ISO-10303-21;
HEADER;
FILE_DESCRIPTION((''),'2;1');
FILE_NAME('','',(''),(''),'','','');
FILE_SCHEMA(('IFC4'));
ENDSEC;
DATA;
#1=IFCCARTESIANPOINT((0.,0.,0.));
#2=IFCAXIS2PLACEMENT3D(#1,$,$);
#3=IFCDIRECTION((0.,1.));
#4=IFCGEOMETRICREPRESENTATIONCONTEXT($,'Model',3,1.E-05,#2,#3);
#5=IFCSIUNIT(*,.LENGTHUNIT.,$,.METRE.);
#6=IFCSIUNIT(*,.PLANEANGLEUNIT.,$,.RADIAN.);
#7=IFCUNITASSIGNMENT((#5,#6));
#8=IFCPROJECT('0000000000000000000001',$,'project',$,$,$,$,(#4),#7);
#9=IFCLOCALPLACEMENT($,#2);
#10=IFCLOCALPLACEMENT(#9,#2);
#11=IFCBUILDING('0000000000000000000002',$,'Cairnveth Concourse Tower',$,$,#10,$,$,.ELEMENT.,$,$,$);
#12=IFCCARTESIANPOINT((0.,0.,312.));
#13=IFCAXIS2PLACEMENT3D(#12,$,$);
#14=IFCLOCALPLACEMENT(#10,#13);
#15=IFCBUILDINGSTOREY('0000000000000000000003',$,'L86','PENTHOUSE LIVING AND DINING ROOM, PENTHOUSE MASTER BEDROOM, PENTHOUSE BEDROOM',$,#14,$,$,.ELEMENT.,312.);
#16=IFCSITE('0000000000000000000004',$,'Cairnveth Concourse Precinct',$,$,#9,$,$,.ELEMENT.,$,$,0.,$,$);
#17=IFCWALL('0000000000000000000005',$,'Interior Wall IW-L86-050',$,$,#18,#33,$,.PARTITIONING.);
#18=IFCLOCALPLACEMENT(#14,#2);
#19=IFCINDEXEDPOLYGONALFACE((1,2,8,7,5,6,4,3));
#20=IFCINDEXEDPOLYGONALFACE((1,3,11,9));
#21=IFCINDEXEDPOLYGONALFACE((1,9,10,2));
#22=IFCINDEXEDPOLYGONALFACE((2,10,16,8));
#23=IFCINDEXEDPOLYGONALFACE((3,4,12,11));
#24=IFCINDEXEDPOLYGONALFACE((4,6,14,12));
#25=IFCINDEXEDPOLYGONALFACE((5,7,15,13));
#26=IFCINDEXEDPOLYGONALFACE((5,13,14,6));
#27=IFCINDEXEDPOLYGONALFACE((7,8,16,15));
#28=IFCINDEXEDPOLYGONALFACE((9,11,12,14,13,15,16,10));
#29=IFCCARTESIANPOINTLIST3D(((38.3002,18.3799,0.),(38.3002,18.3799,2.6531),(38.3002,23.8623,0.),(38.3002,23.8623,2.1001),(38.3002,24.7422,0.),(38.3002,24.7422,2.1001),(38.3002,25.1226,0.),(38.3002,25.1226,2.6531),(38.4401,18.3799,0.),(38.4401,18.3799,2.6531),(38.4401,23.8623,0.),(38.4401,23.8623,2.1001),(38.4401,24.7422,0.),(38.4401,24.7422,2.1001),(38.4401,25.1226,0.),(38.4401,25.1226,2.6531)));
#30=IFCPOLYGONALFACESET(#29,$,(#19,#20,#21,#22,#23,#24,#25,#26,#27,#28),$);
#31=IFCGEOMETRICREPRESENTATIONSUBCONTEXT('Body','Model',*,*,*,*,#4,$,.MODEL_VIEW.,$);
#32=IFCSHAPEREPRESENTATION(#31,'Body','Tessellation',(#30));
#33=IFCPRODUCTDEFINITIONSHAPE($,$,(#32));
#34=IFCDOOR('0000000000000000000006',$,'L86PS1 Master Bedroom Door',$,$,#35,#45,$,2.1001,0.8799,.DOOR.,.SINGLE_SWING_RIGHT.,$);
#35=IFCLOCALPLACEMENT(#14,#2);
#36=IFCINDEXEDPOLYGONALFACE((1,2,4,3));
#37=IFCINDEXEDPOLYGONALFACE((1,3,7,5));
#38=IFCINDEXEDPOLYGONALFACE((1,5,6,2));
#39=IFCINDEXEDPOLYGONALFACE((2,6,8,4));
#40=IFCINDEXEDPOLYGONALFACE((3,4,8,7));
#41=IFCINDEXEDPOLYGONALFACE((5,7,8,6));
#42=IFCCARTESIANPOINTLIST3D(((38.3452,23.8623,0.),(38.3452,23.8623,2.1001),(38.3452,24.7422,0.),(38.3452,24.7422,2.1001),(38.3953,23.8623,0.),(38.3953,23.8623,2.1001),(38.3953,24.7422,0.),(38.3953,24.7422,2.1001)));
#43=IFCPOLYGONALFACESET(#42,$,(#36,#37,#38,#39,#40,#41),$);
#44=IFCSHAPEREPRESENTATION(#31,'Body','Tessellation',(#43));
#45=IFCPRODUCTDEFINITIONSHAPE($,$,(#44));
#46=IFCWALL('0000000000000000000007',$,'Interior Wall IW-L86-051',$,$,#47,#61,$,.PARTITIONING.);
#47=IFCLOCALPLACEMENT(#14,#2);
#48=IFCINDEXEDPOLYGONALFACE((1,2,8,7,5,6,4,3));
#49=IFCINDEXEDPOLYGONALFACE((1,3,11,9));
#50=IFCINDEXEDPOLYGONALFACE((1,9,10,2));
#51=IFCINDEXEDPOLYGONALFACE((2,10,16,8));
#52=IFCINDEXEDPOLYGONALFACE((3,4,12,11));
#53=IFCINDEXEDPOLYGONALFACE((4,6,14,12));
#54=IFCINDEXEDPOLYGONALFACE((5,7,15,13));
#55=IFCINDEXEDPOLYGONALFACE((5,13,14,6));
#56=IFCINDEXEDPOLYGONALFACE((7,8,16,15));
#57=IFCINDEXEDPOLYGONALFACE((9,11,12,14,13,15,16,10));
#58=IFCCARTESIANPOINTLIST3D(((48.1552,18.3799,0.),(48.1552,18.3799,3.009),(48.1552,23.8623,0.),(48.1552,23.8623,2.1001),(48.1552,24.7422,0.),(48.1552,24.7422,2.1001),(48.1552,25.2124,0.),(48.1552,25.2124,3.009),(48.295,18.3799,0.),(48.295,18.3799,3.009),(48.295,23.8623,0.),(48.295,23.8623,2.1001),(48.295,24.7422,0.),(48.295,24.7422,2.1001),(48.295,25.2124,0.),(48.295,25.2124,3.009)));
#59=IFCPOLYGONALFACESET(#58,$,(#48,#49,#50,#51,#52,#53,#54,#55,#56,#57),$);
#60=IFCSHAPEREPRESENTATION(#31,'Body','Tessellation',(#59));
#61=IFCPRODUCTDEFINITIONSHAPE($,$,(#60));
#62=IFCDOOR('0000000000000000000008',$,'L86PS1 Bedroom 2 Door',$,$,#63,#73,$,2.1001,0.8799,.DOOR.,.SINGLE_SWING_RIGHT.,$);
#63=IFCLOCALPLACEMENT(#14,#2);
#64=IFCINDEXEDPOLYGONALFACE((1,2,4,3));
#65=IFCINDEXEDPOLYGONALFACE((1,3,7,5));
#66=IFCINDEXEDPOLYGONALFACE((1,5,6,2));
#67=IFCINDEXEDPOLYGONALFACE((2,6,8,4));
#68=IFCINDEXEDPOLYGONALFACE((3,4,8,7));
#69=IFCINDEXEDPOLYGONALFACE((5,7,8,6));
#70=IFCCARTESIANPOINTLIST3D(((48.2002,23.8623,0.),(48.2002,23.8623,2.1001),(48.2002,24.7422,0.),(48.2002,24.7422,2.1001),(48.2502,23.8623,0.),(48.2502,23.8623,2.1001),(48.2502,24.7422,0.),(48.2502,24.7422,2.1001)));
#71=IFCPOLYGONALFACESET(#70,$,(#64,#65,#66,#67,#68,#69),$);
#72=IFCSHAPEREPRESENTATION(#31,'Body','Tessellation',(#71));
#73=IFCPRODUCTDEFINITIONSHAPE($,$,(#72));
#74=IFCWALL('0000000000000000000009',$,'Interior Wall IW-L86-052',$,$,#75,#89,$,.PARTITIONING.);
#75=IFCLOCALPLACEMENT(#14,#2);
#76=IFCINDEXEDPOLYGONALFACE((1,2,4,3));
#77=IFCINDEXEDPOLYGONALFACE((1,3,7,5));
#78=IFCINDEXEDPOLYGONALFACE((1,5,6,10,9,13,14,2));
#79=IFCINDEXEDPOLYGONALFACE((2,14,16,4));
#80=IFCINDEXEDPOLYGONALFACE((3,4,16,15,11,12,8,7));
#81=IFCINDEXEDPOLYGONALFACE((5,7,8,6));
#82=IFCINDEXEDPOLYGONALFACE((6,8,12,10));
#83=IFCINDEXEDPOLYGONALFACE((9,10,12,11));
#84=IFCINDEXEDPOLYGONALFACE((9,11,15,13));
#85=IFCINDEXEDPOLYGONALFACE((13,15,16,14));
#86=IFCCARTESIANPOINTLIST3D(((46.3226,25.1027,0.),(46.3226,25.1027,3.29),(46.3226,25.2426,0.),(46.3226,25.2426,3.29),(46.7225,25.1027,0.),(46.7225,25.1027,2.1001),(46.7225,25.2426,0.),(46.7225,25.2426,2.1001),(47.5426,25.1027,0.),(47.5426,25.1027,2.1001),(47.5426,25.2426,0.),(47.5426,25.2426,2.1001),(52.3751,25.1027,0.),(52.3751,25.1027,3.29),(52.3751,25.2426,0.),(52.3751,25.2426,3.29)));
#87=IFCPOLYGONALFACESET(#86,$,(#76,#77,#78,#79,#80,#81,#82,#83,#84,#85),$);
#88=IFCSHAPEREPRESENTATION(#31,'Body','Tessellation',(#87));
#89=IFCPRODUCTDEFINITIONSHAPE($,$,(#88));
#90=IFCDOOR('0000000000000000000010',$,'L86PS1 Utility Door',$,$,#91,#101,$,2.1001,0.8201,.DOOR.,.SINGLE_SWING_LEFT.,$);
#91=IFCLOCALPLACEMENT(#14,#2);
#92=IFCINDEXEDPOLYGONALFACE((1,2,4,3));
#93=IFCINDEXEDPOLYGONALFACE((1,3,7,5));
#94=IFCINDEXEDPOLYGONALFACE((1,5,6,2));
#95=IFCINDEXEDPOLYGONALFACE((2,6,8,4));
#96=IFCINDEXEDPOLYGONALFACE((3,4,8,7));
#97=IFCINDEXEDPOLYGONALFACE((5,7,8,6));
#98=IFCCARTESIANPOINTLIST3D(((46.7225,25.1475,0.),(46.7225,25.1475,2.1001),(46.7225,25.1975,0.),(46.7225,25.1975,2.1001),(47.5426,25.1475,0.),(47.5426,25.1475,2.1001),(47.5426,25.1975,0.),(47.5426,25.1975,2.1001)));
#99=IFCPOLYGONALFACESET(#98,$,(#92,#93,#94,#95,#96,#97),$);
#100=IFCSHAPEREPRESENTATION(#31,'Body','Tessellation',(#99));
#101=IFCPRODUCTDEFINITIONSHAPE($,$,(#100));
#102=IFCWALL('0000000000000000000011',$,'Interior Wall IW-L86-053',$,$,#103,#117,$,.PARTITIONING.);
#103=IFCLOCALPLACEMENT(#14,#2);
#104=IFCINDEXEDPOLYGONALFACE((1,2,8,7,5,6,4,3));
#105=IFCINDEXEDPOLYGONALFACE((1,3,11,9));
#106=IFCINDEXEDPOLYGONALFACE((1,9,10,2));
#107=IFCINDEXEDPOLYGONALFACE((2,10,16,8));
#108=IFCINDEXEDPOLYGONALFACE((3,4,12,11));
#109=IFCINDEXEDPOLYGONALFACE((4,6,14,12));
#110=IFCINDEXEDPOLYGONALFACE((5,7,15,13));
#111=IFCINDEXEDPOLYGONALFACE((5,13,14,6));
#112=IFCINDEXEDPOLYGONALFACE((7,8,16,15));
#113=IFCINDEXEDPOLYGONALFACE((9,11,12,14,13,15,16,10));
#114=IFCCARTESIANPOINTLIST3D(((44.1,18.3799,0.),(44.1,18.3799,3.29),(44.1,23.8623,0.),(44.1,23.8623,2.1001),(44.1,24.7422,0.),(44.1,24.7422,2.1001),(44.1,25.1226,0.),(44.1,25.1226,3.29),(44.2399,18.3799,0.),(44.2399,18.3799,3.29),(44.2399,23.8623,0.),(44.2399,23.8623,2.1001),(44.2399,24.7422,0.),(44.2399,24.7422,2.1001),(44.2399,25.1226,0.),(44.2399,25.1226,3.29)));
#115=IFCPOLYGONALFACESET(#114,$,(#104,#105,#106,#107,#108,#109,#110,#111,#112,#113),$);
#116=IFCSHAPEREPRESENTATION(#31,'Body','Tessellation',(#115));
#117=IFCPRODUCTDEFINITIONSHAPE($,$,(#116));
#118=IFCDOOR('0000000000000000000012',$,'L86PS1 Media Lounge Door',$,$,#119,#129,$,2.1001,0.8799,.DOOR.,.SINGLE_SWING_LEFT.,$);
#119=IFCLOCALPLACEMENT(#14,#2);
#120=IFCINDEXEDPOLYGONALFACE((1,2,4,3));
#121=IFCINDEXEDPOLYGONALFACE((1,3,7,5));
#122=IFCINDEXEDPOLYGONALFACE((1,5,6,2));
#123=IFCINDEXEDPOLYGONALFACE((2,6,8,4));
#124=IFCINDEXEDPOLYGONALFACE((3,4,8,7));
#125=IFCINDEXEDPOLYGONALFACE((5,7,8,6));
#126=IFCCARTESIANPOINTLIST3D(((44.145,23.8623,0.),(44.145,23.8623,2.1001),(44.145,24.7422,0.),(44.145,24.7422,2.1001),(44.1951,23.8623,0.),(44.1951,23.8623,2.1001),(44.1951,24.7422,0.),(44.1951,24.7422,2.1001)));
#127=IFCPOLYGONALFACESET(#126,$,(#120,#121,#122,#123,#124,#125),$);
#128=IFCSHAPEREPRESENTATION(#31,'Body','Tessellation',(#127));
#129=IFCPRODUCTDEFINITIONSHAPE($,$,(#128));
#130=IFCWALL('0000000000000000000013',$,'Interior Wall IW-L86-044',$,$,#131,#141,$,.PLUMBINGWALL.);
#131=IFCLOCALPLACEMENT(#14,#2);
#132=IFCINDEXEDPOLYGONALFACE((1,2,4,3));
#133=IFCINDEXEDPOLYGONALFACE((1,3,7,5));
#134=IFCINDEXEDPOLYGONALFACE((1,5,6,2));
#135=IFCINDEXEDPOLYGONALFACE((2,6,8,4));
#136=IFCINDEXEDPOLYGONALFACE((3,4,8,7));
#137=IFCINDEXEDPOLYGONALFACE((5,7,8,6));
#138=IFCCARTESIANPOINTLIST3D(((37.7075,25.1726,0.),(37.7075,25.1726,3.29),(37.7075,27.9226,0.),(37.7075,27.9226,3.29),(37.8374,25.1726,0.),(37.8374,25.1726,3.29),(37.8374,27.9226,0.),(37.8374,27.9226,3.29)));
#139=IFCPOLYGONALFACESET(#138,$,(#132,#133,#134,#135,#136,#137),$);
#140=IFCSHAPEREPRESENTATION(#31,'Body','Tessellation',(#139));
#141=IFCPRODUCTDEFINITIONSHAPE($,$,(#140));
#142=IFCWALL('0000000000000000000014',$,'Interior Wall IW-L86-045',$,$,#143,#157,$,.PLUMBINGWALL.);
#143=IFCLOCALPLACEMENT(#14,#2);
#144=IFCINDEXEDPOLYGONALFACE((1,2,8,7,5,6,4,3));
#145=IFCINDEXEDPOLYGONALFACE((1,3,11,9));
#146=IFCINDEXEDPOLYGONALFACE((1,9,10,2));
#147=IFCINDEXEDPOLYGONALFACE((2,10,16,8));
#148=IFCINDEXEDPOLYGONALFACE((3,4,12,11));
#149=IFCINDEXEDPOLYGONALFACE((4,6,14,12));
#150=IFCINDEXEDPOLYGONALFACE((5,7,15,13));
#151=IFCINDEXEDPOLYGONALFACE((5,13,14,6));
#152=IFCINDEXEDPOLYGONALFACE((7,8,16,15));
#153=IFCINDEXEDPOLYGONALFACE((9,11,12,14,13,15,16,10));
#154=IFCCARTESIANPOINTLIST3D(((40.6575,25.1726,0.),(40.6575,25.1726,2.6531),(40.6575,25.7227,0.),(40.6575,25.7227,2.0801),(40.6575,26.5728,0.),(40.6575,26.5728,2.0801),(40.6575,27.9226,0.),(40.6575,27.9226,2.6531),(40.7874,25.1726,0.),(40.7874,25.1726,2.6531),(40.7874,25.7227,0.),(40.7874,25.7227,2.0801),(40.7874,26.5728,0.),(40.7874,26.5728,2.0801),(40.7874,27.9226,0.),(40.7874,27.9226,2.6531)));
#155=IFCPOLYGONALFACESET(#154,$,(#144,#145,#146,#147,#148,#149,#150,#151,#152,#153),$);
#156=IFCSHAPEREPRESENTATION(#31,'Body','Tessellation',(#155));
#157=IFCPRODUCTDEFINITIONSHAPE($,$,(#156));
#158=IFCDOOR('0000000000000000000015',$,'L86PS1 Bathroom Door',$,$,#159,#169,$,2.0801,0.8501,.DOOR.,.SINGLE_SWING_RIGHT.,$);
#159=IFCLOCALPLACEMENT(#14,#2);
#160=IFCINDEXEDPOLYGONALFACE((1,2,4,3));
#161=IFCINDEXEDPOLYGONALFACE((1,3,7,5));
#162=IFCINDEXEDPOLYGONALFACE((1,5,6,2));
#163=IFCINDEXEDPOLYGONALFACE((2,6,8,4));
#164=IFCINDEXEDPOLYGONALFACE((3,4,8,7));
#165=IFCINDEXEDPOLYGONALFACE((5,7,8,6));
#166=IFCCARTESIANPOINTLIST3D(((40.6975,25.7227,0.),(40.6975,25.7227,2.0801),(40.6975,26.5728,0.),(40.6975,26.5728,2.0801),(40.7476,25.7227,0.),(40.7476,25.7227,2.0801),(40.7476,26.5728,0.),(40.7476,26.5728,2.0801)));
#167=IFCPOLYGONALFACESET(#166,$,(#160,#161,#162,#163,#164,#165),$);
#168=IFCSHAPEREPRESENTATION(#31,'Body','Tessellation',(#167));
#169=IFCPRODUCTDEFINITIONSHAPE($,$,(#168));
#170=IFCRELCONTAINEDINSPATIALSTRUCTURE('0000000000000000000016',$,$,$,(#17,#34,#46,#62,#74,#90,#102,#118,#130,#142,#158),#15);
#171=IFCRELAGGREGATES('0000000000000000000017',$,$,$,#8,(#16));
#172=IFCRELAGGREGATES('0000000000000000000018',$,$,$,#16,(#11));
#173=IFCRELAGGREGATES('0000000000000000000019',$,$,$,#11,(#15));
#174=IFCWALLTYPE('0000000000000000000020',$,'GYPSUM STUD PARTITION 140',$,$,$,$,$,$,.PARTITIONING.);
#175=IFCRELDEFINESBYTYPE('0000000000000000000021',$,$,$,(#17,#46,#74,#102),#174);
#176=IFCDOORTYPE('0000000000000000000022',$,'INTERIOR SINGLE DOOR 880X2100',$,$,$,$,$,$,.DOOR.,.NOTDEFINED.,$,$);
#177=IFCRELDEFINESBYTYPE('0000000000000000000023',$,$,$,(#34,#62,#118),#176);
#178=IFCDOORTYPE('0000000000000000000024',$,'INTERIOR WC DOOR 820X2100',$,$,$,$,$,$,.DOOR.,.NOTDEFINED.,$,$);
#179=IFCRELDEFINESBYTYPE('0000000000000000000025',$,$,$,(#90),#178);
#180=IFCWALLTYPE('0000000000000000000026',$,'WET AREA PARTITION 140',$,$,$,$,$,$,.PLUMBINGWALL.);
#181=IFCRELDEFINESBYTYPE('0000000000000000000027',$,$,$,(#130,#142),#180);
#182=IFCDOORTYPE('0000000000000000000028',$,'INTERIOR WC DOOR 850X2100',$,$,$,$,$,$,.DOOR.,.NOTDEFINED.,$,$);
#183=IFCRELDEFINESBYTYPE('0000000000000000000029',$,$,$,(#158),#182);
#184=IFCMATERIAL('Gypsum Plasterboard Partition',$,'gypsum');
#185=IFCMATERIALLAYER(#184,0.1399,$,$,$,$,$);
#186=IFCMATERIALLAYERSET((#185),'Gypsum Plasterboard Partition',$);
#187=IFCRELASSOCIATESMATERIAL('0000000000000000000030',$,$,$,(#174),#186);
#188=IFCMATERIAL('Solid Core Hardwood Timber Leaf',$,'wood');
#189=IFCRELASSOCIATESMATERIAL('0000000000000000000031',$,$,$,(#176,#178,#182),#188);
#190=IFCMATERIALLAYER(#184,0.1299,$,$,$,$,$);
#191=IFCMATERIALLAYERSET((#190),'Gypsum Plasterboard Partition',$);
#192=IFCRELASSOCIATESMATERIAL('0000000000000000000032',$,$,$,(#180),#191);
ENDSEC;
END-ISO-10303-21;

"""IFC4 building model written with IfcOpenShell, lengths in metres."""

from ifc_helpers import new_model, si_unit, direction, frame, frame_2d, origin, place, context, subcontext, project, spatial, rectangle, extrude, material, layer, layer_set, type_object, element, fill, save


model = new_model("IFC4")

# Units and contexts
model_context = context("Model", 3, precision=1e-05, world=origin(), true_north=direction((0.0, 1.0)))
body_context = subcontext(model_context, "Body", "Model", "MODEL_VIEW")
ifc_project = project(units=[si_unit("LENGTHUNIT", "METRE"), si_unit("PLANEANGLEUNIT", "RADIAN")], contexts=[model_context])

# Site, building, storey
site_placement = place(None, origin())
site = spatial("IfcSite", under=ifc_project, at=site_placement, Name="Cairnveth Concourse Precinct", CompositionType="ELEMENT", RefElevation=0.0)
building_placement = place(site_placement, origin())
building = spatial("IfcBuilding", under=site, at=building_placement, Name="Cairnveth Concourse Tower", CompositionType="ELEMENT")
storey_placement = place(building_placement, frame((0.0, 0.0, 312.0)))
storey = spatial("IfcBuildingStorey", under=building, at=storey_placement, Name="L86", Description="PENTHOUSE LIVING AND DINING ROOM, PENTHOUSE MASTER BEDROOM, PENTHOUSE BEDROOM", CompositionType="ELEMENT", Elevation=312.0)

# Walls, openings, doors
ifc_material_1 = material(Name="Gypsum Plasterboard Partition", Category="gypsum")
ifc_layer_1 = layer(ifc_material_1, 0.1399)
ifc_layer_set_1 = layer_set([ifc_layer_1], Name="Gypsum Plasterboard Partition")
wall_type_1 = type_object("IfcWallType", Name="GYPSUM STUD PARTITION 140", PredefinedType="PARTITIONING", material=ifc_layer_set_1)
wall_1_placement = place(storey_placement, frame((38.3701, 18.3799, 0.0), z_axis=(0.0, 0.0, 1.0), x_axis=(0.0, 1.0, 0.0)))
wall_1 = element("IfcWall", 1, at=wall_1_placement, inside=storey, type_object=wall_type_1, Name="Interior Wall IW-L86-050", PredefinedType="PARTITIONING", context=body_context, shape_type="SweptSolid", body=[
    extrude(rectangle(XDim=6.7427, YDim=0.1399, at=frame_2d((3.3713, 0.0))), origin(), (0.0, 0.0, 1.0), 2.6531),
])
opening_1_placement = place(wall_1_placement, frame((5.4824, 0.0, 0.0)))
opening_1 = element("IfcOpeningElement", 2, at=opening_1_placement, cuts=wall_1, PredefinedType="OPENING", context=body_context, shape_type="SweptSolid", body=[
    extrude(rectangle(XDim=0.8799, YDim=2.1001, at=frame_2d((0.4399, 1.05))), frame((0.0, 0.0798, 0.0), z_axis=(0.0, -1.0, 0.0), x_axis=(1.0, 0.0, 0.0)), (0.0, 0.0, 1.0), 0.1599),
])
ifc_material_2 = material(Name="Solid Core Hardwood Timber Leaf", Category="wood")
door_type_1 = type_object("IfcDoorType", Name="INTERIOR SINGLE DOOR 880X2100", OperationType="NOTDEFINED", PredefinedType="DOOR", material=ifc_material_2)
door_1_placement = place(opening_1_placement, origin())
door_1 = element("IfcDoor", 3, at=door_1_placement, inside=storey, type_object=door_type_1, Name="L86PS1 Master Bedroom Door", OperationType="SINGLE_SWING_RIGHT", OverallHeight=2.1001, OverallWidth=0.8799, PredefinedType="DOOR", context=body_context, shape_type="SweptSolid", body=[
    extrude(rectangle(XDim=0.8799, YDim=2.1001, at=frame_2d((0.4399, 1.05))), frame((0.0, 0.0249, 0.0), z_axis=(0.0, -1.0, 0.0), x_axis=(1.0, 0.0, 0.0)), (0.0, 0.0, 1.0), 0.05),
])
fill(opening_1, door_1)
wall_2_placement = place(storey_placement, frame((48.2251, 18.3799, 0.0), z_axis=(0.0, 0.0, 1.0), x_axis=(0.0, 1.0, 0.0)))
wall_2 = element("IfcWall", 4, at=wall_2_placement, inside=storey, type_object=wall_type_1, Name="Interior Wall IW-L86-051", PredefinedType="PARTITIONING", context=body_context, shape_type="SweptSolid", body=[
    extrude(rectangle(XDim=6.8325, YDim=0.1399, at=frame_2d((3.4163, 0.0))), origin(), (0.0, 0.0, 1.0), 3.009),
])
opening_2_placement = place(wall_2_placement, frame((5.4824, 0.0, 0.0)))
opening_2 = element("IfcOpeningElement", 5, at=opening_2_placement, cuts=wall_2, PredefinedType="OPENING", context=body_context, shape_type="SweptSolid", body=[
    extrude(rectangle(XDim=0.8799, YDim=2.1001, at=frame_2d((0.4399, 1.05))), frame((0.0, 0.0798, 0.0), z_axis=(0.0, -1.0, 0.0), x_axis=(1.0, 0.0, 0.0)), (0.0, 0.0, 1.0), 0.1599),
])
door_2_placement = place(opening_2_placement, origin())
door_2 = element("IfcDoor", 6, at=door_2_placement, inside=storey, type_object=door_type_1, Name="L86PS1 Bedroom 2 Door", OperationType="SINGLE_SWING_RIGHT", OverallHeight=2.1001, OverallWidth=0.8799, PredefinedType="DOOR", context=body_context, shape_type="SweptSolid", body=[
    extrude(rectangle(XDim=0.8799, YDim=2.1001, at=frame_2d((0.4399, 1.05))), frame((0.0, 0.0249, 0.0), z_axis=(0.0, -1.0, 0.0), x_axis=(1.0, 0.0, 0.0)), (0.0, 0.0, 1.0), 0.05),
])
fill(opening_2, door_2)
wall_3_placement = place(storey_placement, frame((46.3225, 25.1726, 0.0), z_axis=(0.0, 0.0, 1.0), x_axis=(1.0, 0.0, 0.0)))
wall_3 = element("IfcWall", 7, at=wall_3_placement, inside=storey, type_object=wall_type_1, Name="Interior Wall IW-L86-052", PredefinedType="PARTITIONING", context=body_context, shape_type="SweptSolid", body=[
    extrude(rectangle(XDim=6.0525, YDim=0.1399, at=frame_2d((3.0264, 0.0))), origin(), (0.0, 0.0, 1.0), 3.29),
])
opening_3_placement = place(wall_3_placement, frame((0.3999, 0.0, 0.0)))
opening_3 = element("IfcOpeningElement", 8, at=opening_3_placement, cuts=wall_3, PredefinedType="OPENING", context=body_context, shape_type="SweptSolid", body=[
    extrude(rectangle(XDim=0.8201, YDim=2.1001, at=frame_2d((0.4102, 1.05))), frame((0.0, 0.0798, 0.0), z_axis=(0.0, -1.0, 0.0), x_axis=(1.0, 0.0, 0.0)), (0.0, 0.0, 1.0), 0.1599),
])
door_type_2 = type_object("IfcDoorType", Name="INTERIOR WC DOOR 820X2100", OperationType="NOTDEFINED", PredefinedType="DOOR", material=ifc_material_2)
door_3_placement = place(opening_3_placement, origin())
door_3 = element("IfcDoor", 9, at=door_3_placement, inside=storey, type_object=door_type_2, Name="L86PS1 Utility Door", OperationType="SINGLE_SWING_LEFT", OverallHeight=2.1001, OverallWidth=0.8201, PredefinedType="DOOR", context=body_context, shape_type="SweptSolid", body=[
    extrude(rectangle(XDim=0.8201, YDim=2.1001, at=frame_2d((0.4102, 1.05))), frame((0.0, 0.0249, 0.0), z_axis=(0.0, -1.0, 0.0), x_axis=(1.0, 0.0, 0.0)), (0.0, 0.0, 1.0), 0.05),
])
fill(opening_3, door_3)
wall_4_placement = place(storey_placement, frame((44.1699, 18.3799, 0.0), z_axis=(0.0, 0.0, 1.0), x_axis=(0.0, 1.0, 0.0)))
wall_4 = element("IfcWall", 10, at=wall_4_placement, inside=storey, type_object=wall_type_1, Name="Interior Wall IW-L86-053", PredefinedType="PARTITIONING", context=body_context, shape_type="SweptSolid", body=[
    extrude(rectangle(XDim=6.7427, YDim=0.1399, at=frame_2d((3.3713, 0.0))), origin(), (0.0, 0.0, 1.0), 3.29),
])
opening_4_placement = place(wall_4_placement, frame((5.4824, 0.0, 0.0)))
opening_4 = element("IfcOpeningElement", 11, at=opening_4_placement, cuts=wall_4, PredefinedType="OPENING", context=body_context, shape_type="SweptSolid", body=[
    extrude(rectangle(XDim=0.8799, YDim=2.1001, at=frame_2d((0.4399, 1.05))), frame((0.0, 0.0798, 0.0), z_axis=(0.0, -1.0, 0.0), x_axis=(1.0, 0.0, 0.0)), (0.0, 0.0, 1.0), 0.1599),
])
door_4_placement = place(opening_4_placement, origin())
door_4 = element("IfcDoor", 12, at=door_4_placement, inside=storey, type_object=door_type_1, Name="L86PS1 Media Lounge Door", OperationType="SINGLE_SWING_LEFT", OverallHeight=2.1001, OverallWidth=0.8799, PredefinedType="DOOR", context=body_context, shape_type="SweptSolid", body=[
    extrude(rectangle(XDim=0.8799, YDim=2.1001, at=frame_2d((0.4399, 1.05))), frame((0.0, 0.0249, 0.0), z_axis=(0.0, -1.0, 0.0), x_axis=(1.0, 0.0, 0.0)), (0.0, 0.0, 1.0), 0.05),
])
fill(opening_4, door_4)

# Wall
ifc_layer_2 = layer(ifc_material_1, 0.1299)
ifc_layer_set_2 = layer_set([ifc_layer_2], Name="Gypsum Plasterboard Partition")
wall_type_2 = type_object("IfcWallType", Name="WET AREA PARTITION 140", PredefinedType="PLUMBINGWALL", material=ifc_layer_set_2)
wall_5_placement = place(storey_placement, frame((37.7725, 25.1726, 0.0), z_axis=(0.0, 0.0, 1.0), x_axis=(0.0, 1.0, 0.0)))
element("IfcWall", 13, at=wall_5_placement, inside=storey, type_object=wall_type_2, Name="Interior Wall IW-L86-044", PredefinedType="PLUMBINGWALL", context=body_context, shape_type="SweptSolid", body=[
    extrude(rectangle(XDim=2.75, YDim=0.1299, at=frame_2d((1.375, 0.0))), origin(), (0.0, 0.0, 1.0), 3.29),
])

# Wall, opening, door
wall_6_placement = place(storey_placement, frame((40.7224, 25.1726, 0.0), z_axis=(0.0, 0.0, 1.0), x_axis=(0.0, 1.0, 0.0)))
wall_6 = element("IfcWall", 14, at=wall_6_placement, inside=storey, type_object=wall_type_2, Name="Interior Wall IW-L86-045", PredefinedType="PLUMBINGWALL", context=body_context, shape_type="SweptSolid", body=[
    extrude(rectangle(XDim=2.75, YDim=0.1299, at=frame_2d((1.375, 0.0))), origin(), (0.0, 0.0, 1.0), 2.6531),
])
opening_5_placement = place(wall_6_placement, frame((0.55, 0.0, 0.0)))
opening_5 = element("IfcOpeningElement", 15, at=opening_5_placement, cuts=wall_6, PredefinedType="OPENING", context=body_context, shape_type="SweptSolid", body=[
    extrude(rectangle(XDim=0.8501, YDim=2.0801, at=frame_2d((0.425, 1.04))), frame((0.0, 0.075, 0.0), z_axis=(0.0, -1.0, 0.0), x_axis=(1.0, 0.0, 0.0)), (0.0, 0.0, 1.0), 0.1499),
])
door_type_3 = type_object("IfcDoorType", Name="INTERIOR WC DOOR 850X2100", OperationType="NOTDEFINED", PredefinedType="DOOR", material=ifc_material_2)
door_5_placement = place(opening_5_placement, origin())
door_5 = element("IfcDoor", 16, at=door_5_placement, inside=storey, type_object=door_type_3, Name="L86PS1 Bathroom Door", OperationType="SINGLE_SWING_RIGHT", OverallHeight=2.0801, OverallWidth=0.8501, PredefinedType="DOOR", context=body_context, shape_type="SweptSolid", body=[
    extrude(rectangle(XDim=0.8501, YDim=2.0801, at=frame_2d((0.425, 1.04))), frame((0.0, 0.0249, 0.0), z_axis=(0.0, -1.0, 0.0), x_axis=(1.0, 0.0, 0.0)), (0.0, 0.0, 1.0), 0.05),
])
fill(opening_5, door_5)

save(model, "model.ifc")
